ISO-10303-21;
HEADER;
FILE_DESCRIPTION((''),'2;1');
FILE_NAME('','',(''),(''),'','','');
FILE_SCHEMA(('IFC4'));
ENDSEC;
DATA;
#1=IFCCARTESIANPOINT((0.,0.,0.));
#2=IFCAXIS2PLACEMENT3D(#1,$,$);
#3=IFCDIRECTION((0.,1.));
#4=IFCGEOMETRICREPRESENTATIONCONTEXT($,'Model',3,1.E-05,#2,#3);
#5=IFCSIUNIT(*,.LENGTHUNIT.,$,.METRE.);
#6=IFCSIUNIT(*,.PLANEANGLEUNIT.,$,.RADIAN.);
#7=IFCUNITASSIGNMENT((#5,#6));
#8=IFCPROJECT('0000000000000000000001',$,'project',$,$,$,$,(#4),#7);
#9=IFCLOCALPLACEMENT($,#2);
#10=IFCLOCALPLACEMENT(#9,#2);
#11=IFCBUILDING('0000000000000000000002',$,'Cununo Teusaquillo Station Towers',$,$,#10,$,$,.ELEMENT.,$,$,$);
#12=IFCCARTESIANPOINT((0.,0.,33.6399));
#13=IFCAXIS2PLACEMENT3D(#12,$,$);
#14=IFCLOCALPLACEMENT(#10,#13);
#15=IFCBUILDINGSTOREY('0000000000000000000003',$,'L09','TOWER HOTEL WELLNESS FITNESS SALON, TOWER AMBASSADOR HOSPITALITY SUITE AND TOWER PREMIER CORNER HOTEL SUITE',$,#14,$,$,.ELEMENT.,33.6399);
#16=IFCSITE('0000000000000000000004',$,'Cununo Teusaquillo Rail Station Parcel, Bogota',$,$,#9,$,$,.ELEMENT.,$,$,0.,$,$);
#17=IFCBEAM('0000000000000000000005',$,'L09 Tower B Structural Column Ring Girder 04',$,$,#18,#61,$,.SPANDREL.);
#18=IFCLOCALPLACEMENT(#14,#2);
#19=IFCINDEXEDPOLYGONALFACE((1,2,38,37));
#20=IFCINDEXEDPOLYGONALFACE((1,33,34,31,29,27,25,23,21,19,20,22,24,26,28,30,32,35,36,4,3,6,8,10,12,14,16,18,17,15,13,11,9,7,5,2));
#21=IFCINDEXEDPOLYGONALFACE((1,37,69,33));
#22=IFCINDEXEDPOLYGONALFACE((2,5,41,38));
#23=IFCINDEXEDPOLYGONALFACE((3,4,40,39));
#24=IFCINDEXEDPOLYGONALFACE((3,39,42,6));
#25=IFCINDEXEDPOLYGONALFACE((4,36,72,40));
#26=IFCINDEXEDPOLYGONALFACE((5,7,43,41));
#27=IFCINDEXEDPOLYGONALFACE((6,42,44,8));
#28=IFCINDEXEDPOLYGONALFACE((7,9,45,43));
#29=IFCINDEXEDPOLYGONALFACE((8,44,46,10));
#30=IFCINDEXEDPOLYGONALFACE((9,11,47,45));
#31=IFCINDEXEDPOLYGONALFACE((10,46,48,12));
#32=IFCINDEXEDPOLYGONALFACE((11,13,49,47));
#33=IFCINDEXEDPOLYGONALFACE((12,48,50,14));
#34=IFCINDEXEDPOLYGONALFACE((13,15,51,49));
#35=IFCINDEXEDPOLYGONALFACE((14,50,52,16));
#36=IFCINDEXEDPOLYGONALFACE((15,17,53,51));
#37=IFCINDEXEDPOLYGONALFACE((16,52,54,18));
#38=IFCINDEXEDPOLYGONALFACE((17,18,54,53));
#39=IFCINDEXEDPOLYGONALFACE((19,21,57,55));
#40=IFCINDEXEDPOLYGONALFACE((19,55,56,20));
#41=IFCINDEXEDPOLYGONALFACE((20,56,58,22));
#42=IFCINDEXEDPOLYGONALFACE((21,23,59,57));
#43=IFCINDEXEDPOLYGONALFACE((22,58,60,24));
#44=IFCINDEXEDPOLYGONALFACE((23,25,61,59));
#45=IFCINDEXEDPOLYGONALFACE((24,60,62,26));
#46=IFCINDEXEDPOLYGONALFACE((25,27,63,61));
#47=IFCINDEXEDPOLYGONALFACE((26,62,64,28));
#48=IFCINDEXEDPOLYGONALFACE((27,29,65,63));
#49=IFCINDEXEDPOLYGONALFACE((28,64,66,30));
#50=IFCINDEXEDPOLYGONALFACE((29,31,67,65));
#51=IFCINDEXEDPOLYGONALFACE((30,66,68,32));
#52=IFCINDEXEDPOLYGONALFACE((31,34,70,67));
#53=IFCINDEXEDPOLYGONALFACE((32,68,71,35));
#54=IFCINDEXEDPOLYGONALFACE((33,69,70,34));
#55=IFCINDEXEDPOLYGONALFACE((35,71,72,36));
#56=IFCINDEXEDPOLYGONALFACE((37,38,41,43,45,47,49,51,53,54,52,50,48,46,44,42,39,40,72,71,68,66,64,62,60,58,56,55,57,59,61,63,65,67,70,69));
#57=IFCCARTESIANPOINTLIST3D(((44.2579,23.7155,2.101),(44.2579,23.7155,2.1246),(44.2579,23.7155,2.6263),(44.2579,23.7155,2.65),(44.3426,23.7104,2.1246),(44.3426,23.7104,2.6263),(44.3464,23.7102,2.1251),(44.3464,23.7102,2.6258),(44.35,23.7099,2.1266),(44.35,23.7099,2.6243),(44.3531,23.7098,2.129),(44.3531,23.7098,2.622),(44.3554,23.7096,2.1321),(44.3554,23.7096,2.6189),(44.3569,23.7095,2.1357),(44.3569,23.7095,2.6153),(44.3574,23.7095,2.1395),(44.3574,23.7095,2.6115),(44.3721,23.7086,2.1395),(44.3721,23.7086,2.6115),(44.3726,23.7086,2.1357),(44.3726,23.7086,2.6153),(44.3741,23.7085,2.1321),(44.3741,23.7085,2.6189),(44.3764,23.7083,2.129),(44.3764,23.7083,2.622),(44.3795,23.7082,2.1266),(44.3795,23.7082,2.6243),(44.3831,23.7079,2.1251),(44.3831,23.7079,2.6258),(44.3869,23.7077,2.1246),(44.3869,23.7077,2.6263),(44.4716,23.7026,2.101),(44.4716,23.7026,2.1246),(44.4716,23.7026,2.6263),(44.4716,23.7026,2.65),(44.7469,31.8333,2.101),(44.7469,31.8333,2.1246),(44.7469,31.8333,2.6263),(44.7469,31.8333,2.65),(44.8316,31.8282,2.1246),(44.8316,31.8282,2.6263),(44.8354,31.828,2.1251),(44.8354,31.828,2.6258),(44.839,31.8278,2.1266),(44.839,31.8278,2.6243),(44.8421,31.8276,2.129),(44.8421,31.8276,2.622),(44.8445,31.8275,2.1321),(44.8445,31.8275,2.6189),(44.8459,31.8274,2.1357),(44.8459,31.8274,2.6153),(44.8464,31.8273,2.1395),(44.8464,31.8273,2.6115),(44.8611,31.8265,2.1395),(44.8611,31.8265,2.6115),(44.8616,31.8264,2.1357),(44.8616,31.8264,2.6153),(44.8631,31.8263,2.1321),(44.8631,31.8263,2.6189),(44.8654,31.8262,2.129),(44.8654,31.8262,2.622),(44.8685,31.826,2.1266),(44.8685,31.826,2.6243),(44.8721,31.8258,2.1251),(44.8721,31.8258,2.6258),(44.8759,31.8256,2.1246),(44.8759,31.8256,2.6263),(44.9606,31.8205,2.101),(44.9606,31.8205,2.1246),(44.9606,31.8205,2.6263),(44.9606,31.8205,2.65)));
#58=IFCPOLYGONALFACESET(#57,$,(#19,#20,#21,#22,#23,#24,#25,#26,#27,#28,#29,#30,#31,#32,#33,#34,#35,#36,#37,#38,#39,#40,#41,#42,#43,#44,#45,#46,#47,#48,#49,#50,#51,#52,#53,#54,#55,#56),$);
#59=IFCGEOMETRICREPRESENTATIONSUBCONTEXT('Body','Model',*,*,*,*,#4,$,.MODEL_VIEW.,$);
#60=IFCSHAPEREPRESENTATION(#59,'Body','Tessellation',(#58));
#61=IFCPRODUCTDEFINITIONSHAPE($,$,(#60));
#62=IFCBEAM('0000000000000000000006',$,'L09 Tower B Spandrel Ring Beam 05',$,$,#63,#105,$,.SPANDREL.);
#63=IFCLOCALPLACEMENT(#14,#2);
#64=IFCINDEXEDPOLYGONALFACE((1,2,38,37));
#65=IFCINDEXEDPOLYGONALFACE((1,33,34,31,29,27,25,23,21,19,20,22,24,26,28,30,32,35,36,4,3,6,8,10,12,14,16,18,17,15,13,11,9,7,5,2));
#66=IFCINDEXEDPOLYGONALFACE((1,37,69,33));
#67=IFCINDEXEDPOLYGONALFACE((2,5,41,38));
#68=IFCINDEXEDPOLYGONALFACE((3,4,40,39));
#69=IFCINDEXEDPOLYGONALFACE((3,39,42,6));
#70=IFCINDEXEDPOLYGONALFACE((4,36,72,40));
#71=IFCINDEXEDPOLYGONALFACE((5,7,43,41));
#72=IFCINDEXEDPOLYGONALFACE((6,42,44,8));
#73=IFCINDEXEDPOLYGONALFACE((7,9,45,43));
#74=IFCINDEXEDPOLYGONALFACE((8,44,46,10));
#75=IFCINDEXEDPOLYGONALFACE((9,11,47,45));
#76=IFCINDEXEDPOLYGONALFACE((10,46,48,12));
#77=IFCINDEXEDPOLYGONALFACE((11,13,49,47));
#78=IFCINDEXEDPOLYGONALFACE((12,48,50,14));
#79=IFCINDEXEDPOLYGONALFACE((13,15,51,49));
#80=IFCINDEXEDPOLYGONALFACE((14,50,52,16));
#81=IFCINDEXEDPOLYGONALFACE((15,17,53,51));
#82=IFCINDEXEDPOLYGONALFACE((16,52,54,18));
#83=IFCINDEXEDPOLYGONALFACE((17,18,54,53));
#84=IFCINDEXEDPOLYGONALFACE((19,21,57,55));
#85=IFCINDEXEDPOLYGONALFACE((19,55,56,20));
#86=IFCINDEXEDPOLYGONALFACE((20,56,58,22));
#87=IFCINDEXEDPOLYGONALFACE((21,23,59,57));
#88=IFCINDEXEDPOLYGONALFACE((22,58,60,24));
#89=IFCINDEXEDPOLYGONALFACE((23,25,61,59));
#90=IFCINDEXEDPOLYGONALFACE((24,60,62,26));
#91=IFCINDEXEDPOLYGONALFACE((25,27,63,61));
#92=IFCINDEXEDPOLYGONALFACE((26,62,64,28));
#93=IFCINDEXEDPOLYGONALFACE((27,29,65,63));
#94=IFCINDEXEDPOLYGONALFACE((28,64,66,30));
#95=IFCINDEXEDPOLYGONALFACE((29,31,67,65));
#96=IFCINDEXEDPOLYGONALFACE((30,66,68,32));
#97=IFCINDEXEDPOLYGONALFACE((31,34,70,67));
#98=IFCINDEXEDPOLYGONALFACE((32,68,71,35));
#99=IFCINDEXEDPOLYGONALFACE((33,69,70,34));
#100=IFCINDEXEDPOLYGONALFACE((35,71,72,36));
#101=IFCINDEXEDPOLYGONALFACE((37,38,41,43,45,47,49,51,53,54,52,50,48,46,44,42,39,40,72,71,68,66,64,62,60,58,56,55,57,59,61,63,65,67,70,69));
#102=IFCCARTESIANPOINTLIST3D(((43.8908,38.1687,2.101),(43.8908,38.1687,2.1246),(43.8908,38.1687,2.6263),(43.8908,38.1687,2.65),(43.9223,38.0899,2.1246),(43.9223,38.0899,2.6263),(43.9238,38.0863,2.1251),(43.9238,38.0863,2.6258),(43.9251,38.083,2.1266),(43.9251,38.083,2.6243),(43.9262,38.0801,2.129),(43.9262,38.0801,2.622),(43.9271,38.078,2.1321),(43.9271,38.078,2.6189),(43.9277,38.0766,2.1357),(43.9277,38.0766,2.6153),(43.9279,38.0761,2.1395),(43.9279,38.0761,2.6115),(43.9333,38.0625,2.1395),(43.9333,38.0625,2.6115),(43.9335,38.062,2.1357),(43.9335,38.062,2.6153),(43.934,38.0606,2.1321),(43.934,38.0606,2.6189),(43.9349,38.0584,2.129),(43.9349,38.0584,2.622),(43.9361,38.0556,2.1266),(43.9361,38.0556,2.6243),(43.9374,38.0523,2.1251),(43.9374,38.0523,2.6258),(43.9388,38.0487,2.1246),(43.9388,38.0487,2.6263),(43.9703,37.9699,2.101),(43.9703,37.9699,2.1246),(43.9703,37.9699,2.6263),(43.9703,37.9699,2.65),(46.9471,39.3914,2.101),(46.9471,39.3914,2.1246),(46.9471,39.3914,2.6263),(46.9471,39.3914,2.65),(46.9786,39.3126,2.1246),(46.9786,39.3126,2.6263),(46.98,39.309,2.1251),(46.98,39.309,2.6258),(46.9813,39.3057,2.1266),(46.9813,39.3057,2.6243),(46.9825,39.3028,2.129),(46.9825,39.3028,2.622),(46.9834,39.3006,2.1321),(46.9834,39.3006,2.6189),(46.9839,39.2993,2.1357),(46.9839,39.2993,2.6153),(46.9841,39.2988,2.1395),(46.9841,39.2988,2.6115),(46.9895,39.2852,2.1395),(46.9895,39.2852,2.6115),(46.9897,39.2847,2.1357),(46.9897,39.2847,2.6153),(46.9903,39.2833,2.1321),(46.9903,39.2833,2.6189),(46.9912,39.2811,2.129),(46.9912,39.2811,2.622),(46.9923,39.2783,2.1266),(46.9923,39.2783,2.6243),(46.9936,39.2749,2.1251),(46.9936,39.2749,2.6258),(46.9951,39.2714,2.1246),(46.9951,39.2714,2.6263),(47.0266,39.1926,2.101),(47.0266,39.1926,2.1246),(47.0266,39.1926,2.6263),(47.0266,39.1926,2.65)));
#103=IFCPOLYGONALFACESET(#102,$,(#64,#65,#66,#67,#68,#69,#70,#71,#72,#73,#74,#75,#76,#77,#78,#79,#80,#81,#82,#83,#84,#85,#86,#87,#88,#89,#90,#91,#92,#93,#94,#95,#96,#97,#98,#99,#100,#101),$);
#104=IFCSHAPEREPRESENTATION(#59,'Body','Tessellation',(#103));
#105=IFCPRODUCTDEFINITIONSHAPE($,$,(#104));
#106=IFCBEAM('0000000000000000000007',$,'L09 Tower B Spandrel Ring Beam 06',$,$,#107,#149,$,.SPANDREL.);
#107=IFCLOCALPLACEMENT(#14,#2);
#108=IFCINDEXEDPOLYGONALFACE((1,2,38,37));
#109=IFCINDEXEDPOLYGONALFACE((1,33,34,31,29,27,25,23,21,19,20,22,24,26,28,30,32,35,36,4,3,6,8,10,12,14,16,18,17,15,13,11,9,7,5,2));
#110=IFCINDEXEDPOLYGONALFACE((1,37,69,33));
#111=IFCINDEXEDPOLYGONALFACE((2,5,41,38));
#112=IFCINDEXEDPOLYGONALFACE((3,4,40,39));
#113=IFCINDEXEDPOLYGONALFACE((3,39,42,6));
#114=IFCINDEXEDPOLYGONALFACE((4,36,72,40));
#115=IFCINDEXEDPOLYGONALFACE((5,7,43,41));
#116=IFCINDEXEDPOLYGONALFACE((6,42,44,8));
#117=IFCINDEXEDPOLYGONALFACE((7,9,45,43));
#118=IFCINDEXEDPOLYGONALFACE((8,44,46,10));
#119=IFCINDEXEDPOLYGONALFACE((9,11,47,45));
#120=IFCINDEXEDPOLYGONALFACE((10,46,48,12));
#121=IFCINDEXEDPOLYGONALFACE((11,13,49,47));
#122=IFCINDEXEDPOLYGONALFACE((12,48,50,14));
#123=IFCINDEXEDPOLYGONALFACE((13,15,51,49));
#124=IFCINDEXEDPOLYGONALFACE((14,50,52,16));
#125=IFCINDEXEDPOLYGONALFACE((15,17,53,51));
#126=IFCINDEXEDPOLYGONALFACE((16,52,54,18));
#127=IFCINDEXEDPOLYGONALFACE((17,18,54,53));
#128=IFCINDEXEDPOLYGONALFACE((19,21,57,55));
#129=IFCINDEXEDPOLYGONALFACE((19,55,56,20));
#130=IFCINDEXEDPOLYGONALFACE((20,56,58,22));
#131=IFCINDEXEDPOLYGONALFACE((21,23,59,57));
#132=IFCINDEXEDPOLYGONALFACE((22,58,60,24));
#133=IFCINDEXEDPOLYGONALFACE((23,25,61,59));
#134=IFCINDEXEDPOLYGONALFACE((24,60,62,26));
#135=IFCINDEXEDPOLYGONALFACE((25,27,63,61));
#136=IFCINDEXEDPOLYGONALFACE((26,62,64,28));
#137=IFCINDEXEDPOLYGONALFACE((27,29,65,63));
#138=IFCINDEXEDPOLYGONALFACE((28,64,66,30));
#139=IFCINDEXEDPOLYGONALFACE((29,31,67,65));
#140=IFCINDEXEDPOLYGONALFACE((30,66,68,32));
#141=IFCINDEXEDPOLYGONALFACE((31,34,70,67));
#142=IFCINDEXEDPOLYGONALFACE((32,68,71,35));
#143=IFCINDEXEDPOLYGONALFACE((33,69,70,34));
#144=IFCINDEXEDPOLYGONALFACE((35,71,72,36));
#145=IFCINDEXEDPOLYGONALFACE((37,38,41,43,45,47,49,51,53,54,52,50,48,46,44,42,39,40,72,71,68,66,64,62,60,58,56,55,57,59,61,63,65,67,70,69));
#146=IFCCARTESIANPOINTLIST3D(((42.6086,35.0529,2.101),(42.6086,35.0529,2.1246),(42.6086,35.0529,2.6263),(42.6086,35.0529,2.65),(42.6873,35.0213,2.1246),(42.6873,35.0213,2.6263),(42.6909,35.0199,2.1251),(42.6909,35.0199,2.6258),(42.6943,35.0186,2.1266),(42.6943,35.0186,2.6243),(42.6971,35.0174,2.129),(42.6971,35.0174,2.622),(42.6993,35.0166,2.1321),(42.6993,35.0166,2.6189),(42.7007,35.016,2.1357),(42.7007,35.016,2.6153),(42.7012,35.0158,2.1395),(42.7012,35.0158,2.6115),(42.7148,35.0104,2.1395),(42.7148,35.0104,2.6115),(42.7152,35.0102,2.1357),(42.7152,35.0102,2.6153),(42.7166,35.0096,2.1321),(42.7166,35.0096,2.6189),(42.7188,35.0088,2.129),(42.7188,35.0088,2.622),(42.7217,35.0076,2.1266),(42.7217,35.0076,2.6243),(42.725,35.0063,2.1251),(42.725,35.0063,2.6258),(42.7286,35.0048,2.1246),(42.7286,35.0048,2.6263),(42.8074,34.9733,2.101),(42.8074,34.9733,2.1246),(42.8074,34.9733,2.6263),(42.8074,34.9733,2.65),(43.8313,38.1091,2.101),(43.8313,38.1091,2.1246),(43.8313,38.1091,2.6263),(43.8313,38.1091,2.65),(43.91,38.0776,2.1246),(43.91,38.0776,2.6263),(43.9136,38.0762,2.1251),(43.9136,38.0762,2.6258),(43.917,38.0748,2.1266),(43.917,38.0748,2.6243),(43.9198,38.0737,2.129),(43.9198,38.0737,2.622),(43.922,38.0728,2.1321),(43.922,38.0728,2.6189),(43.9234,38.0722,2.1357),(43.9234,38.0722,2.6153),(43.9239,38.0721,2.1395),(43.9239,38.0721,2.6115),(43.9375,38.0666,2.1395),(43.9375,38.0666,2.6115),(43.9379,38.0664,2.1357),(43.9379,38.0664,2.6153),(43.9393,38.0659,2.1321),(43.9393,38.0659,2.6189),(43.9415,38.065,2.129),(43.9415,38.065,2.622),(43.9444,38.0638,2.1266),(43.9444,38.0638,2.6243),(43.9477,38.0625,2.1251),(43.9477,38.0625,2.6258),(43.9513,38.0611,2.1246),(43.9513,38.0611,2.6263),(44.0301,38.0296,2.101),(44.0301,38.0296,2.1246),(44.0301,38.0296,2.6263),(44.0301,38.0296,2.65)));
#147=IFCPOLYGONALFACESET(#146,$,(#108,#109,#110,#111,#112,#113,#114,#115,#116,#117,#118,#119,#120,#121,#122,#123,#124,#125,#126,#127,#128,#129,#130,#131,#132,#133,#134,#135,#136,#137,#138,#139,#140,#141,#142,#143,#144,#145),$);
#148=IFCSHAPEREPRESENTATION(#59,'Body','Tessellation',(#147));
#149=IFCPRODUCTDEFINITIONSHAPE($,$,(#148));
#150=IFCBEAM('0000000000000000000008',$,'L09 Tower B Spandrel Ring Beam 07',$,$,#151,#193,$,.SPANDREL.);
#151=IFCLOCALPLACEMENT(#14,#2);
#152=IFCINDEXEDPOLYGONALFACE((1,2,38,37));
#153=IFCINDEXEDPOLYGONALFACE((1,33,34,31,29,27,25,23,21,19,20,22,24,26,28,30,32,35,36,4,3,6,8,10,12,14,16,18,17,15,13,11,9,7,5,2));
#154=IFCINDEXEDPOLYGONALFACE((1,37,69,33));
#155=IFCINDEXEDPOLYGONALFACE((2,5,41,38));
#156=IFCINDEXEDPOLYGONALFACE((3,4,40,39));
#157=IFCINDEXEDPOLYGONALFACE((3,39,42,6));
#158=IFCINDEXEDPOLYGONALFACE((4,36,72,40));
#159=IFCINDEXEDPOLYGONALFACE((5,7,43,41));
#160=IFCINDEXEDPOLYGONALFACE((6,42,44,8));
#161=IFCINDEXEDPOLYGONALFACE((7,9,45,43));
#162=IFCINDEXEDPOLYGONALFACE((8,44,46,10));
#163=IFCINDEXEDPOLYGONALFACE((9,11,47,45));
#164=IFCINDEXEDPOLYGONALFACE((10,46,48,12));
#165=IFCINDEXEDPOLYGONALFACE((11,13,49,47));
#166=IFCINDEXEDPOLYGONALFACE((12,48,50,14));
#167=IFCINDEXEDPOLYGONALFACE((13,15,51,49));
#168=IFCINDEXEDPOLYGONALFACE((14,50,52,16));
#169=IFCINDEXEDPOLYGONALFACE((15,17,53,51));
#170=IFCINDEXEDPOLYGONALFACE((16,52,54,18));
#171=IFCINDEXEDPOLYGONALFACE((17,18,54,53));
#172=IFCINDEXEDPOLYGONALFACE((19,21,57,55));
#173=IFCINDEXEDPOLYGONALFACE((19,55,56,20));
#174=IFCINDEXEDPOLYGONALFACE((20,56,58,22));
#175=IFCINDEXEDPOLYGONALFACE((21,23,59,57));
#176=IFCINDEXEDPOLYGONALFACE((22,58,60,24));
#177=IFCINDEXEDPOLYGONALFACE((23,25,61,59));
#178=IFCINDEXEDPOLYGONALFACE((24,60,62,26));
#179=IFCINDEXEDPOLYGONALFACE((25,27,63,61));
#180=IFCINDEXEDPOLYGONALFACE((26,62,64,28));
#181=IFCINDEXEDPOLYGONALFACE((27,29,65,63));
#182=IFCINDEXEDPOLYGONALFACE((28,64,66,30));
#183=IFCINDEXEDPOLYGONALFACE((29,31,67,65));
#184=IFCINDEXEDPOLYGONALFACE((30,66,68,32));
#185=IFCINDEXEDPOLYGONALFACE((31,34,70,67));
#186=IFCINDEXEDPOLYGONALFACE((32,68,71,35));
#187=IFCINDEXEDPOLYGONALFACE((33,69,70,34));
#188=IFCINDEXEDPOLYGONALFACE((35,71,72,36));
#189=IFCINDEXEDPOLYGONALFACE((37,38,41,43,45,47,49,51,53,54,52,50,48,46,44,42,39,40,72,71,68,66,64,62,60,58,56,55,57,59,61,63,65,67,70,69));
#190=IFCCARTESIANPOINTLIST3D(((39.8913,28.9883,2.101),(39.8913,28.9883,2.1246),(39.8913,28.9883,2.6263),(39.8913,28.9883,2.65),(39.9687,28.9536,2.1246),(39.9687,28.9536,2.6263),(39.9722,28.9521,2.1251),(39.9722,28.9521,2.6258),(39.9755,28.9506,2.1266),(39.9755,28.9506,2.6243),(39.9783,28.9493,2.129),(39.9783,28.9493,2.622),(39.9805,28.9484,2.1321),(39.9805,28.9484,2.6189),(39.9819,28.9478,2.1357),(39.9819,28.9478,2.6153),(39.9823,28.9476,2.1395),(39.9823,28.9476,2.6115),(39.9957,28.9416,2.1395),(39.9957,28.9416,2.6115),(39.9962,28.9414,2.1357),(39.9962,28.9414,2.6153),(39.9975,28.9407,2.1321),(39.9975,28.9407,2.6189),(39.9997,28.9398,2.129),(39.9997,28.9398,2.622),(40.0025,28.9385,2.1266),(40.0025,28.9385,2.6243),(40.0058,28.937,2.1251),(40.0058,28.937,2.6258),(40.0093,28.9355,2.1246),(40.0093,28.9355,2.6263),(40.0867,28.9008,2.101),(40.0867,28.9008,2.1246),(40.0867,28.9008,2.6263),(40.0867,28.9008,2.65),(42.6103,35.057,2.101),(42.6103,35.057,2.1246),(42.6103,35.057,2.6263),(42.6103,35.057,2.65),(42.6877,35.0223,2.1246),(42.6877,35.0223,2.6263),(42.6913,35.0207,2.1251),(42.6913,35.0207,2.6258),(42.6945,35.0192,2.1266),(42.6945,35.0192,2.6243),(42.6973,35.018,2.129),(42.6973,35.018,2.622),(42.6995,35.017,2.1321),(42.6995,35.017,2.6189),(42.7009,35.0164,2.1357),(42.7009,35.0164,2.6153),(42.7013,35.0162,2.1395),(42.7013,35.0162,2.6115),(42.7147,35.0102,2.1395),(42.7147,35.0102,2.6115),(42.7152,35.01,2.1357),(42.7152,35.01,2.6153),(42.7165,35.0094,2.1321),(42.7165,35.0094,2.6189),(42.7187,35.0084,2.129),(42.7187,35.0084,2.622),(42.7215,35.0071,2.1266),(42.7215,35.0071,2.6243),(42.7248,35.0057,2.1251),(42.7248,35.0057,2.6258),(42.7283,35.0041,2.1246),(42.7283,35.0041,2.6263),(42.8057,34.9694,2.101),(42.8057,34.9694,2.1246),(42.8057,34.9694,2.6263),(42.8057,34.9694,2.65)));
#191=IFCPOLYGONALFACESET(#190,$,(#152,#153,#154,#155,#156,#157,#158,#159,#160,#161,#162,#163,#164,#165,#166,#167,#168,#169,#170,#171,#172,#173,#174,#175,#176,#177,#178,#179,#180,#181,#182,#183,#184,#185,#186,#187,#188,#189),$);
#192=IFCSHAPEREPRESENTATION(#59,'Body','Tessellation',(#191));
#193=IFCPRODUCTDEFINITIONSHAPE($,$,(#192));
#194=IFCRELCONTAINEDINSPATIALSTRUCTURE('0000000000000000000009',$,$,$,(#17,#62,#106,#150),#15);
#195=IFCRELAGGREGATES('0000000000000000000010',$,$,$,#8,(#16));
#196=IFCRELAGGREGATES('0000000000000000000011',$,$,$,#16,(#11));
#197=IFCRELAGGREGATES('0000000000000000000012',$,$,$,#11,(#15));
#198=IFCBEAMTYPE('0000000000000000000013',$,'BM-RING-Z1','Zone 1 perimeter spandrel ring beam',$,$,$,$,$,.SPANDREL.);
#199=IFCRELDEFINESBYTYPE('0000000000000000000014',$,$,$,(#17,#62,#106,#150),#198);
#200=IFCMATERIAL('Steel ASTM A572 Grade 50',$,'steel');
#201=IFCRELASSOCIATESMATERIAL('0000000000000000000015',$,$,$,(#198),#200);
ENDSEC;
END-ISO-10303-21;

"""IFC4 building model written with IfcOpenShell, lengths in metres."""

from ifc_helpers import new_model, si_unit, direction, frame, origin, origin_2d, place, context, subcontext, project, spatial, i_section, extrude, material, material_profile, profile_set, type_object, element, save


model = new_model("IFC4")

# Units and contexts
model_context = context("Model", 3, precision=1e-05, world=origin(), true_north=direction((0.0, 1.0)))
body_context = subcontext(model_context, "Body", "Model", "MODEL_VIEW")
ifc_project = project(units=[si_unit("LENGTHUNIT", "METRE"), si_unit("PLANEANGLEUNIT", "RADIAN")], contexts=[model_context])

# Site, building, storey
site_placement = place(None, origin())
site = spatial("IfcSite", under=ifc_project, at=site_placement, Name="Cununo Teusaquillo Rail Station Parcel, Bogota", CompositionType="ELEMENT", RefElevation=0.0)
building_placement = place(site_placement, origin())
building = spatial("IfcBuilding", under=site, at=building_placement, Name="Cununo Teusaquillo Station Towers", CompositionType="ELEMENT")
storey_placement = place(building_placement, frame((0.0, 0.0, 33.6399)))
storey = spatial("IfcBuildingStorey", under=building, at=storey_placement, Name="L09", Description="TOWER HOTEL WELLNESS FITNESS SALON, TOWER AMBASSADOR HOSPITALITY SUITE AND TOWER PREMIER CORNER HOTEL SUITE", CompositionType="ELEMENT", Elevation=33.6399)

# Beams
ifc_material_1 = material(Name="Steel ASTM A572 Grade 50", Category="steel")
ifc_material_profile_1 = material_profile(ifc_material_1, i_section(OverallWidth=0.2141, OverallDepth=0.5491, WebThickness=0.0146, FlangeThickness=0.0237, FilletRadius=0.0149, at=origin_2d()), Name="W21X93")
ifc_profile_set_1 = profile_set([ifc_material_profile_1], Name="Steel ASTM A572 Grade 50")
beam_type_1 = type_object("IfcBeamType", Name="BM-RING-Z1", Description="Zone 1 perimeter spandrel ring beam", PredefinedType="SPANDREL", material=ifc_profile_set_1)
beam_1_placement = place(storey_placement, frame((44.8538, 31.8269, 2.3755), z_axis=(-0.06013, -0.998191, 0.0), x_axis=(0.998191, -0.06013, 0.0)))
element("IfcBeam", 1, at=beam_1_placement, inside=storey, type_object=beam_type_1, Name="L09 Tower B Structural Column Ring Girder 04", PredefinedType="SPANDREL", context=body_context, shape_type="SweptSolid", body=[
    extrude(i_section(OverallWidth=0.2141, OverallDepth=0.5491, WebThickness=0.0146, FlangeThickness=0.0237, FilletRadius=0.0149, at=origin_2d()), origin(), (0.0, 0.0, 1.0), 8.1326),
])
for number, where, z_axis, x_axis, name in (
    (2, (46.9868, 39.292, 2.3755), (-0.928456, -0.371442, 0.0), (0.371442, -0.928456, 0.0), "L09 Tower B Spandrel Ring Beam 05"),
    (3, (43.9307, 38.0693, 2.3755), (-0.371442, -0.928456, 0.0), (0.928456, -0.371442, 0.0), "L09 Tower B Spandrel Ring Beam 06"),
):
    element("IfcBeam", number, at=place(storey_placement, frame(where, z_axis=z_axis, x_axis=x_axis)), inside=storey, type_object=beam_type_1, Name=name, PredefinedType="SPANDREL", context=body_context, shape_type="SweptSolid", body=[
        extrude(i_section(OverallWidth=0.2141, OverallDepth=0.5491, WebThickness=0.0146, FlangeThickness=0.0237, FilletRadius=0.0149, at=origin_2d()), origin(), (0.0, 0.0, 1.0), 3.2917),
    ])
beam_2_placement = place(storey_placement, frame((42.708, 35.0132, 2.3755), z_axis=(-0.408879, -0.912589, 0.0), x_axis=(0.912589, -0.408879, 0.0)))
element("IfcBeam", 4, at=beam_2_placement, inside=storey, type_object=beam_type_1, Name="L09 Tower B Spandrel Ring Beam 07", PredefinedType="SPANDREL", context=body_context, shape_type="SweptSolid", body=[
    extrude(i_section(OverallWidth=0.2141, OverallDepth=0.5491, WebThickness=0.0146, FlangeThickness=0.0237, FilletRadius=0.0149, at=origin_2d()), origin(), (0.0, 0.0, 1.0), 6.6499),
])

save(model, "model.ifc")
